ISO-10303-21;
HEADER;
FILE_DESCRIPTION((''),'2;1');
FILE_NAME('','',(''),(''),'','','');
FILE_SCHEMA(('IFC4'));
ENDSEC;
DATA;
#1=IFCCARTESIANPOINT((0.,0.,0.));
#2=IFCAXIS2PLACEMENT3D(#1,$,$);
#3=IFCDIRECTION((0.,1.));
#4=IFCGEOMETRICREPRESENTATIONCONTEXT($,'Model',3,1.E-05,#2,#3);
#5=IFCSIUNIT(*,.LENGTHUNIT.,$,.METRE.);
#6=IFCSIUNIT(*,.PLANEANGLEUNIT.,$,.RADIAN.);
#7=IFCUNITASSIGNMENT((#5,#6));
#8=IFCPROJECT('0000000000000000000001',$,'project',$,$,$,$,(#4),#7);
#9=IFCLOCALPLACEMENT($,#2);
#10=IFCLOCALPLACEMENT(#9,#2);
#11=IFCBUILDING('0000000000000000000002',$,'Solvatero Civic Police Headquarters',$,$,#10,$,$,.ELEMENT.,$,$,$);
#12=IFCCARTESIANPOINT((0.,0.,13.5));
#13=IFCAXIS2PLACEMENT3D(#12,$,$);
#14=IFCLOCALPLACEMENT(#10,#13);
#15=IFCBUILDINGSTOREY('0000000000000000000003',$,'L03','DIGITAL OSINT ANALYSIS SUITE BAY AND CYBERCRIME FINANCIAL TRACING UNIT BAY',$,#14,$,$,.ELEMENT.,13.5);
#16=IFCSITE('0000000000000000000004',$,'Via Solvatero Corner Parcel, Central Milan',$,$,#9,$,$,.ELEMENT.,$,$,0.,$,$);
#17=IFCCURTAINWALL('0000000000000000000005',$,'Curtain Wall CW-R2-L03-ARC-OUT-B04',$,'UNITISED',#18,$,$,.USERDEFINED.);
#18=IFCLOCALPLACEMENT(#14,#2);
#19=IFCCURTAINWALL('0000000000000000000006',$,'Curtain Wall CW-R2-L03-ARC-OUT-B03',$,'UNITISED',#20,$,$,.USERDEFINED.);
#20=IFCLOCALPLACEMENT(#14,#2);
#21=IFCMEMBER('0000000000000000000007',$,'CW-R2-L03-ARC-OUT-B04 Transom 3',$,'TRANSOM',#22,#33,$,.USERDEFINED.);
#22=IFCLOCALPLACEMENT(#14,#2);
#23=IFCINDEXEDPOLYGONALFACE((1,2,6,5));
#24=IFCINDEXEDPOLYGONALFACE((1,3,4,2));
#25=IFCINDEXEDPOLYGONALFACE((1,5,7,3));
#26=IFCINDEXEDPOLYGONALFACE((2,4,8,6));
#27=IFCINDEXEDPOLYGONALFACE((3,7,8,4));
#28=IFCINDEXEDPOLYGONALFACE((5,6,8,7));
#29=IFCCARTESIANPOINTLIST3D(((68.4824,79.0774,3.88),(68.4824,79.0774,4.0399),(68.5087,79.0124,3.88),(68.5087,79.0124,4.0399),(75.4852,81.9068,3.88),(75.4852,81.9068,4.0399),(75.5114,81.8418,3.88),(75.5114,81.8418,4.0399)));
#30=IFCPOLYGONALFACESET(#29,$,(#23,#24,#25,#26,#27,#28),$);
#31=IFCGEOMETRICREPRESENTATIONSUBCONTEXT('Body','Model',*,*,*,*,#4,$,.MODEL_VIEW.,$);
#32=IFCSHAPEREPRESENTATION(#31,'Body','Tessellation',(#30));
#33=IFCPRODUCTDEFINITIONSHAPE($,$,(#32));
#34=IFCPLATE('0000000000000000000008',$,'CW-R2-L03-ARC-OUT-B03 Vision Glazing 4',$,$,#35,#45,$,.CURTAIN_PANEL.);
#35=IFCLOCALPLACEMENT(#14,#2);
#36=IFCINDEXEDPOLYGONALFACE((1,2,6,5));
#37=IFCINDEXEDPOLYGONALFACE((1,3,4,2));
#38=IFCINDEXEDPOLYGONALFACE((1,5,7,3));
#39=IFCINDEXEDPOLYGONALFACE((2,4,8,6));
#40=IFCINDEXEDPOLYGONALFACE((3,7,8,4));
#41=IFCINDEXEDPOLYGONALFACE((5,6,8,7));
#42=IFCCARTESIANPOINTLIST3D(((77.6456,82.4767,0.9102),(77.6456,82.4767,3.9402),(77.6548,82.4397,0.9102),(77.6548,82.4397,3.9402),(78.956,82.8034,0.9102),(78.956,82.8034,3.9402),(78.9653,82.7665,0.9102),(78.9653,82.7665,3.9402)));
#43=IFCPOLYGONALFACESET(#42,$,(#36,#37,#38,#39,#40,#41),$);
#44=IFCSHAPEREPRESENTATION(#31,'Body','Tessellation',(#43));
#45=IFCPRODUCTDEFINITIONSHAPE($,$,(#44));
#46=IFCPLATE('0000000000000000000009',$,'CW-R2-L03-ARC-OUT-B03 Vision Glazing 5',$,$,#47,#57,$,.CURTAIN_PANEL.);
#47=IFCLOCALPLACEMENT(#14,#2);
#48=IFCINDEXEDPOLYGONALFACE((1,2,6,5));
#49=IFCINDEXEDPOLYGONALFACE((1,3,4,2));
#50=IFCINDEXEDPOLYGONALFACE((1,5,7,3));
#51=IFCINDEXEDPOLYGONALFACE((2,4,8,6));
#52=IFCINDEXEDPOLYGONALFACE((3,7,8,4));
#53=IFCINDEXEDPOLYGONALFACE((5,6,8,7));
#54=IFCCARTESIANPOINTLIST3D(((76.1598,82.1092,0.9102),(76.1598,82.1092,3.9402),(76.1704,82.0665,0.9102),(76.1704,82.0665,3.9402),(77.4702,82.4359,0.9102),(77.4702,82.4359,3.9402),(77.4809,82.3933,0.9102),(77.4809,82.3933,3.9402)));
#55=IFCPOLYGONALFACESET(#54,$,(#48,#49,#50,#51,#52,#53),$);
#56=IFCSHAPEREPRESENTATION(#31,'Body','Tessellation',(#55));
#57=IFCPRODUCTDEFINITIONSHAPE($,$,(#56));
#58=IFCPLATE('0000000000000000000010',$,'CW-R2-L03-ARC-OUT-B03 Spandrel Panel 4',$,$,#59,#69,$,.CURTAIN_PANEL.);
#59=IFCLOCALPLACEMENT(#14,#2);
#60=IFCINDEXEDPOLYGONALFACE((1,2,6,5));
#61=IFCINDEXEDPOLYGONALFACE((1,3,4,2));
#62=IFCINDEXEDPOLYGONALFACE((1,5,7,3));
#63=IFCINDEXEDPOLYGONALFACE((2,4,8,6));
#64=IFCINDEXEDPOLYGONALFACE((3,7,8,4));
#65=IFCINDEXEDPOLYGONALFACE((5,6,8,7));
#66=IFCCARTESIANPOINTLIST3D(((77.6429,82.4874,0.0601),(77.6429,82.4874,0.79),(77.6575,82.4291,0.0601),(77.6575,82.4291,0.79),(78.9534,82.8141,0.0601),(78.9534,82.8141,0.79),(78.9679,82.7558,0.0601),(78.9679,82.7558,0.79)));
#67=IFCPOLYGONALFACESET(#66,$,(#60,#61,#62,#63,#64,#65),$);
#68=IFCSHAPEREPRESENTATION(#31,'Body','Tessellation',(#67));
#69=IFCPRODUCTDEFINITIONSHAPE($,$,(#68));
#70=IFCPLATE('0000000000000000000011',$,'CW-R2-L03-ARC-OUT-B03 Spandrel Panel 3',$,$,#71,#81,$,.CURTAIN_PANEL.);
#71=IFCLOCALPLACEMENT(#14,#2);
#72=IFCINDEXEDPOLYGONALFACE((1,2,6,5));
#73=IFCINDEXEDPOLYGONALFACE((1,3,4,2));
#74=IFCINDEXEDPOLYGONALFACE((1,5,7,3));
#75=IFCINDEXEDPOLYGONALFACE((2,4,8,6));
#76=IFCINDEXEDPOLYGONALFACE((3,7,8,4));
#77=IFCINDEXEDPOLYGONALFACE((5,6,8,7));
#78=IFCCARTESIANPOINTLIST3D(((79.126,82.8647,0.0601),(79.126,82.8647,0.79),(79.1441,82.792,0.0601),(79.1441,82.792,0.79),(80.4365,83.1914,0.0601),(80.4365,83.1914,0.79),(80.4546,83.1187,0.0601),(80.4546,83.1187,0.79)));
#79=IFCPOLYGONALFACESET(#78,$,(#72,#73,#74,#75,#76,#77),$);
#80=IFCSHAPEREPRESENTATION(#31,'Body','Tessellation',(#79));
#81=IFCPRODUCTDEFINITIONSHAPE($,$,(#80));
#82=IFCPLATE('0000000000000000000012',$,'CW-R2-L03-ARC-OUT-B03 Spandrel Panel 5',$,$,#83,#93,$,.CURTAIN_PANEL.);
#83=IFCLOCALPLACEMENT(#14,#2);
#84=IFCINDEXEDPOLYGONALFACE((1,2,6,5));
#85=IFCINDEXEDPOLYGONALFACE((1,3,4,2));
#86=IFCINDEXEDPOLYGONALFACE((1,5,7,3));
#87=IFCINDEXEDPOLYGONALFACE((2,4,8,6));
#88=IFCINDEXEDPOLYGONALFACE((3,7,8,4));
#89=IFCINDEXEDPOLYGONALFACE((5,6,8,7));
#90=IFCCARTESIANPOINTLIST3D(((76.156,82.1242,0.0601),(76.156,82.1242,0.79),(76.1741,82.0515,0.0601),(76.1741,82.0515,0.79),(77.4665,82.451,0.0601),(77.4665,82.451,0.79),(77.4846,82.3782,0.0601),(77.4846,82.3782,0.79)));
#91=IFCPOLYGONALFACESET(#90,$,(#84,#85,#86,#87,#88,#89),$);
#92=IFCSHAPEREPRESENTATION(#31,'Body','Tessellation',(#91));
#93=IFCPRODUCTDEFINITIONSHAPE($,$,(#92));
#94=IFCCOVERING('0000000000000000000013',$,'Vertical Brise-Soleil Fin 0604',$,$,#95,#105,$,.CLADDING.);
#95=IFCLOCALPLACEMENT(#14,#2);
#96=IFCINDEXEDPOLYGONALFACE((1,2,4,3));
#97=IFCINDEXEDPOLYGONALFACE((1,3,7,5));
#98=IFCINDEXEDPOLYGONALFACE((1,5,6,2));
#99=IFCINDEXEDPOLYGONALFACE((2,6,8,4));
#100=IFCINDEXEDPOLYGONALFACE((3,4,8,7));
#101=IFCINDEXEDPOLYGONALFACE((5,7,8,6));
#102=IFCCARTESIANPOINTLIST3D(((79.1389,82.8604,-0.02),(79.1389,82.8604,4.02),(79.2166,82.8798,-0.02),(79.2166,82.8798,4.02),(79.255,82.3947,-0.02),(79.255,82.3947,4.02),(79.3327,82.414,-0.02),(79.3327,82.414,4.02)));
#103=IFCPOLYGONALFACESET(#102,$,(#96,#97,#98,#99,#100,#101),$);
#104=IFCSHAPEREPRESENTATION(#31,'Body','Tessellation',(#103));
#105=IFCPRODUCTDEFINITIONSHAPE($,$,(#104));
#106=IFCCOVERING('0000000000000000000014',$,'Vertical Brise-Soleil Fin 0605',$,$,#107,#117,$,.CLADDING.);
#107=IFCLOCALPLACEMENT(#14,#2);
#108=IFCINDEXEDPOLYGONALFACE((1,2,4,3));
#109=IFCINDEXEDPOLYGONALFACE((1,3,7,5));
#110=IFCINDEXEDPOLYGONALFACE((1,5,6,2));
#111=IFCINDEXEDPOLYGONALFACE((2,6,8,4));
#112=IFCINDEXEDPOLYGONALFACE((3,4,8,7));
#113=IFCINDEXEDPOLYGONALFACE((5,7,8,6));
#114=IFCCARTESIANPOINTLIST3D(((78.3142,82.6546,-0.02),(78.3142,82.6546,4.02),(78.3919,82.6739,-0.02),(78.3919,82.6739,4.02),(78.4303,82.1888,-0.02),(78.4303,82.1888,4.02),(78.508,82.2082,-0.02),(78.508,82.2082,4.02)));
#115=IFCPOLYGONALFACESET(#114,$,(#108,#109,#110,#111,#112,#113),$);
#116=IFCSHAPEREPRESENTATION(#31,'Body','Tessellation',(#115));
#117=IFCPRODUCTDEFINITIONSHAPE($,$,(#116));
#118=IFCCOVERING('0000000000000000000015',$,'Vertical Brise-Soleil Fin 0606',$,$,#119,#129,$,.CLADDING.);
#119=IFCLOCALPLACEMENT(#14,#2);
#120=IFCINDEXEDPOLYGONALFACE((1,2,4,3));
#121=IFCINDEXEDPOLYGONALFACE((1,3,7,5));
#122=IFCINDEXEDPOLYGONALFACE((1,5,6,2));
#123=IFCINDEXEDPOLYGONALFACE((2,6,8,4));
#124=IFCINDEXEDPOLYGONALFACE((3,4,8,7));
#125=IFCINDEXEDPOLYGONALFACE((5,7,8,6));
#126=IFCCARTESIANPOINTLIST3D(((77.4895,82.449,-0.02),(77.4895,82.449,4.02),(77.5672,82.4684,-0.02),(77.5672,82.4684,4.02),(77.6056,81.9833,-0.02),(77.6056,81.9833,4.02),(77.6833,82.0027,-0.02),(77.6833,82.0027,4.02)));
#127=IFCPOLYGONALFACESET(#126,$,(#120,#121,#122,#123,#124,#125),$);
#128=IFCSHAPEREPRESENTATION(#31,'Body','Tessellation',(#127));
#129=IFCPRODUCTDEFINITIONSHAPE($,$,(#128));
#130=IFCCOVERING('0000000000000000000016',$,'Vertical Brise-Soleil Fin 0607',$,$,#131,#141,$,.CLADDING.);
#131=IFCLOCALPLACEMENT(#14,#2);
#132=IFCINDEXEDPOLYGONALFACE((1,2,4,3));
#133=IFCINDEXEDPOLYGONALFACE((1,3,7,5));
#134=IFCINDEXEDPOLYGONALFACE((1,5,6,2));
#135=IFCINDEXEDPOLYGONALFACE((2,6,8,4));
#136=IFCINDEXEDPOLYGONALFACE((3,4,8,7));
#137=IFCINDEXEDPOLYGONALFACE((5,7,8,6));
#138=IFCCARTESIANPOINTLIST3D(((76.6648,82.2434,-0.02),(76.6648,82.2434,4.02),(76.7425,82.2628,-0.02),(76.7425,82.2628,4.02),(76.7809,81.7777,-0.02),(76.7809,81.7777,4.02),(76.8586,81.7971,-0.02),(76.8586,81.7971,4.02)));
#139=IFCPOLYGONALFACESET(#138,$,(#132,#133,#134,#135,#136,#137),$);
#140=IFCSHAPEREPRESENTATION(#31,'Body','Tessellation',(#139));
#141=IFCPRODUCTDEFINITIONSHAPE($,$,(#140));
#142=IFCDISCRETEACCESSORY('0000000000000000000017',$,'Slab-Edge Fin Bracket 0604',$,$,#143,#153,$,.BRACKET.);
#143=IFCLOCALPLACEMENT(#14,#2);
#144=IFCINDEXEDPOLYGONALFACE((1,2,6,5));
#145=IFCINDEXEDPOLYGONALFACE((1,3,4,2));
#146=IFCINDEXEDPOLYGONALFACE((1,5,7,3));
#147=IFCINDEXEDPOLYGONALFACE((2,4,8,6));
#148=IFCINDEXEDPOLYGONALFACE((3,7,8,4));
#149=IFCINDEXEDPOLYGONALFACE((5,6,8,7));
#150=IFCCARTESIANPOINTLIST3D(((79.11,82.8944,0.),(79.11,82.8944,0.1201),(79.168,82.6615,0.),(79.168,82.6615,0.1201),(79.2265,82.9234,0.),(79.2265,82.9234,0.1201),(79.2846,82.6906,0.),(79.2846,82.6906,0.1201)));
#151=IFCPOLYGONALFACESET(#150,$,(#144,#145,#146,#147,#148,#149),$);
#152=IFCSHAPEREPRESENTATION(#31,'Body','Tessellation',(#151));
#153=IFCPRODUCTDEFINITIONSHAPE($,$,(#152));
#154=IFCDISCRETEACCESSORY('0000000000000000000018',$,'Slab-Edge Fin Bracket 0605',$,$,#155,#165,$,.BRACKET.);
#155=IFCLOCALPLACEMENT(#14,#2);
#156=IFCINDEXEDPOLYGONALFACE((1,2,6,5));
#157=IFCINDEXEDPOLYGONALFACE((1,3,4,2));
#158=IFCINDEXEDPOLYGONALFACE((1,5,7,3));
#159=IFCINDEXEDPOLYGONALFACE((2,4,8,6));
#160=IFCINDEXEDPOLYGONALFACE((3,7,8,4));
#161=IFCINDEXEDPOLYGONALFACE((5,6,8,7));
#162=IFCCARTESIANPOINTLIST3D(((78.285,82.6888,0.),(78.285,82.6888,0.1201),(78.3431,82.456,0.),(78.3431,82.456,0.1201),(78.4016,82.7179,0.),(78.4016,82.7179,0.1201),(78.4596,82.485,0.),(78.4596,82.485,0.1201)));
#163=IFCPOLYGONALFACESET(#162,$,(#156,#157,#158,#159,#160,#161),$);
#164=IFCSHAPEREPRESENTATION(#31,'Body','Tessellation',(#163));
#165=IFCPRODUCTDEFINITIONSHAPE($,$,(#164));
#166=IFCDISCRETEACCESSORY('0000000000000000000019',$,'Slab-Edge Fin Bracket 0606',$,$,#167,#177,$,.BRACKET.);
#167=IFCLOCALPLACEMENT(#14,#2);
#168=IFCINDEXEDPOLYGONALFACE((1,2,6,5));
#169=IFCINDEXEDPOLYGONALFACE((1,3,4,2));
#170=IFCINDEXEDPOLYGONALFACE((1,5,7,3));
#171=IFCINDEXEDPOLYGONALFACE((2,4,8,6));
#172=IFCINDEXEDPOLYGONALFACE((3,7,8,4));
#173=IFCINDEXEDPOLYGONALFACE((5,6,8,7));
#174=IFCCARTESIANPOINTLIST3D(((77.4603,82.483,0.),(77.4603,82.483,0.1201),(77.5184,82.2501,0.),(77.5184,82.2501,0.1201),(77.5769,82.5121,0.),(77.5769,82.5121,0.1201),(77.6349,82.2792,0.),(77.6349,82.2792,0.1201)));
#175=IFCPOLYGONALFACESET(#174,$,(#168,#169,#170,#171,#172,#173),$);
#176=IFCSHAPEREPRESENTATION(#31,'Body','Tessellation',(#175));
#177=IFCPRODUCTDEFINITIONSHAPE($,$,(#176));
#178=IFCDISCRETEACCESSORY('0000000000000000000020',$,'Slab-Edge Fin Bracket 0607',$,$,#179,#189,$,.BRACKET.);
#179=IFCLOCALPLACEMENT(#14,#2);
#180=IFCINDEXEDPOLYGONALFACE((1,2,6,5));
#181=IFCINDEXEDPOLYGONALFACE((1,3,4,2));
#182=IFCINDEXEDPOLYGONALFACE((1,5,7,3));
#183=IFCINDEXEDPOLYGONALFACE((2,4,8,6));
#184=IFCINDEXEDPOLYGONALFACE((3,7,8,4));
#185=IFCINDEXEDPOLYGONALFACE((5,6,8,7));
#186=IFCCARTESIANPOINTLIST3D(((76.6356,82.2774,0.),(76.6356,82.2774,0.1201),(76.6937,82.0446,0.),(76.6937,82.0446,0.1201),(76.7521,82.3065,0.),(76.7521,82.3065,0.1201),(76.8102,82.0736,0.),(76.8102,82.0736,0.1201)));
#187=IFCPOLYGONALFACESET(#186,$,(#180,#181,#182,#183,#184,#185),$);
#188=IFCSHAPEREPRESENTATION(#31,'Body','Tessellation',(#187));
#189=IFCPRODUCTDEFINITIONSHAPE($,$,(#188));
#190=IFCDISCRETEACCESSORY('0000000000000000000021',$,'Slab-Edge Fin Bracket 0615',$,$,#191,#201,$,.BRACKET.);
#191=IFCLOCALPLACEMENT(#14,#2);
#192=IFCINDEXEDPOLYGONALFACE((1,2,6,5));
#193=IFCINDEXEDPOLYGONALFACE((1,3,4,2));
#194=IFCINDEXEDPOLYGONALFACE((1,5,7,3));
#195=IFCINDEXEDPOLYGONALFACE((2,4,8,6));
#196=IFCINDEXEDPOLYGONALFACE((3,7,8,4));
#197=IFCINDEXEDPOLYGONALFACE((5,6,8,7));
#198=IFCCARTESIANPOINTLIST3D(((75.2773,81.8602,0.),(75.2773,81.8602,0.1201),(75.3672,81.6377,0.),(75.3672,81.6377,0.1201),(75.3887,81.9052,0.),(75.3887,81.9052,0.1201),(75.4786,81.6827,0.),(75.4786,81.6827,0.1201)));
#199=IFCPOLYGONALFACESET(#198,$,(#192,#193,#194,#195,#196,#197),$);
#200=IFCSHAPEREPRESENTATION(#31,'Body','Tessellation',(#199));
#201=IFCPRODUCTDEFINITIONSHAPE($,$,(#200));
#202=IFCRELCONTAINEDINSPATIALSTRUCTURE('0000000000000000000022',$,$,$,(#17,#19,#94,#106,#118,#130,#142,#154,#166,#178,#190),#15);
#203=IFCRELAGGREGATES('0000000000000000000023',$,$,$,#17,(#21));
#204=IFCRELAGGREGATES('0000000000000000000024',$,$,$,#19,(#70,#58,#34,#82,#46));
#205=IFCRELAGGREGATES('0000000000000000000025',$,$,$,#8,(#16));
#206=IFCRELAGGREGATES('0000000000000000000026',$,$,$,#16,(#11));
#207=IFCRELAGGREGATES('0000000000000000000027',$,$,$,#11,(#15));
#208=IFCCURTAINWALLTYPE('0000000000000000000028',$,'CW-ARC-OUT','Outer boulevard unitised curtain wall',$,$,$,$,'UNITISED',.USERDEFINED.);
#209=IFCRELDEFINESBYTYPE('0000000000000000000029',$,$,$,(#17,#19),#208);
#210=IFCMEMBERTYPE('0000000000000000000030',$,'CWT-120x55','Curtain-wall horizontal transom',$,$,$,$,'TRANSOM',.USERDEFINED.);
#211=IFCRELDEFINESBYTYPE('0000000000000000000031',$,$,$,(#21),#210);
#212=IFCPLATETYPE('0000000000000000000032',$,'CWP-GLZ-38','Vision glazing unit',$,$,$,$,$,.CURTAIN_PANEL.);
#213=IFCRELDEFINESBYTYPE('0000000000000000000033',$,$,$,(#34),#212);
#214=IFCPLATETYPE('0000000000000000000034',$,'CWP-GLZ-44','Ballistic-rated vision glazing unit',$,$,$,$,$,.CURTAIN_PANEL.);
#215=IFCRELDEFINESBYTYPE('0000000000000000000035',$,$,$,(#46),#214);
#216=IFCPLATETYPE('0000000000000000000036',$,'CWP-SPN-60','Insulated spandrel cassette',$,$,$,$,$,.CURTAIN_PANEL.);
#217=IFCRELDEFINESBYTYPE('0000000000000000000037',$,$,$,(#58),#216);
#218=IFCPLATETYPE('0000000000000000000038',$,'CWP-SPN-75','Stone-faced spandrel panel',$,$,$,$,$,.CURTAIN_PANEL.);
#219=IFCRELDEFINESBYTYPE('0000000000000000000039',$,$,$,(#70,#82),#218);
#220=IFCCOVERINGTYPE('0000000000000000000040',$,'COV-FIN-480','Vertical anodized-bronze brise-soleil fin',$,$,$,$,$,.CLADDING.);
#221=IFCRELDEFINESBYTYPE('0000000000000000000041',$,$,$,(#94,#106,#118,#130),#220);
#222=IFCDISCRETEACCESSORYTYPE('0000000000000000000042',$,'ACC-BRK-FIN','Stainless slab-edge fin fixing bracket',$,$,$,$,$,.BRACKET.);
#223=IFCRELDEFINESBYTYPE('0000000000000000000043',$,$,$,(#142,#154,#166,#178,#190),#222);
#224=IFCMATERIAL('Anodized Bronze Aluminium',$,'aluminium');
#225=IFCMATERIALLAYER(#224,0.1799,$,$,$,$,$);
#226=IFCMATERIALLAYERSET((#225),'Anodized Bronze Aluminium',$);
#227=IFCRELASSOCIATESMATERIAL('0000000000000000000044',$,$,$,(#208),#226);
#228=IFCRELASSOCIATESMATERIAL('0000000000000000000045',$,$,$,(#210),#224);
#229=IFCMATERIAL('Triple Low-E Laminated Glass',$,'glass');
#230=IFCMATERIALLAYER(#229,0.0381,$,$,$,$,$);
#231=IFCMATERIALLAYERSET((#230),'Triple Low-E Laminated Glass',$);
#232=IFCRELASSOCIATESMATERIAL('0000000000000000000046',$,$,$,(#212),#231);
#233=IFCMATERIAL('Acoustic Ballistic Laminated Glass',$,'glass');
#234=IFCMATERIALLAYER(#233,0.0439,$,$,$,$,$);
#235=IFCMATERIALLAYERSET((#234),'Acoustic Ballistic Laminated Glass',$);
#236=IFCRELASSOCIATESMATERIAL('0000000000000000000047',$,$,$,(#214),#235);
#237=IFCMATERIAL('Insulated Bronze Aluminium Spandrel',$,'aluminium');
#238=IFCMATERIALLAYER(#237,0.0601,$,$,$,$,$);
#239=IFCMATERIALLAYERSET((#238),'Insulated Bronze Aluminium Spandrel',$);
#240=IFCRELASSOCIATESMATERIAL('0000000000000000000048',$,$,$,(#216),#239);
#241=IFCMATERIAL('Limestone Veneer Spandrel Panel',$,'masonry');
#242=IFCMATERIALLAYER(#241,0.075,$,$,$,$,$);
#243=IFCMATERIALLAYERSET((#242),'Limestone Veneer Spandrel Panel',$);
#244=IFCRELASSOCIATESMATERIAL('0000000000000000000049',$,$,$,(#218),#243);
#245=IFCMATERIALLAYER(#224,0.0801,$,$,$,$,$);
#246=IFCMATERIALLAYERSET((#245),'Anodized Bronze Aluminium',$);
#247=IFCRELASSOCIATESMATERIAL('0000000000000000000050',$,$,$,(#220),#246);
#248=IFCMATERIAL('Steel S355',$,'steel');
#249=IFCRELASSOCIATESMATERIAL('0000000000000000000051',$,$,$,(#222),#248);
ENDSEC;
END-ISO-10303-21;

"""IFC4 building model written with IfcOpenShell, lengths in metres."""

from ifc_helpers import new_model, si_unit, direction, frame, origin, origin_2d, place, context, subcontext, project, spatial, rectangle, extrude, material, layer, layer_set, material_profile, profile_set, type_object, element, aggregate, save


model = new_model("IFC4")

# Units and contexts
model_context = context("Model", 3, precision=1e-05, world=origin(), true_north=direction((0.0, 1.0)))
body_context = subcontext(model_context, "Body", "Model", "MODEL_VIEW")
ifc_project = project(units=[si_unit("LENGTHUNIT", "METRE"), si_unit("PLANEANGLEUNIT", "RADIAN")], contexts=[model_context])

# Site, building, storey
site_placement = place(None, origin())
site = spatial("IfcSite", under=ifc_project, at=site_placement, Name="Via Solvatero Corner Parcel, Central Milan", CompositionType="ELEMENT", RefElevation=0.0)
building_placement = place(site_placement, origin())
building = spatial("IfcBuilding", under=site, at=building_placement, Name="Solvatero Civic Police Headquarters", CompositionType="ELEMENT")
storey_placement = place(building_placement, frame((0.0, 0.0, 13.5)))
storey = spatial("IfcBuildingStorey", under=building, at=storey_placement, Name="L03", Description="DIGITAL OSINT ANALYSIS SUITE BAY AND CYBERCRIME FINANCIAL TRACING UNIT BAY", CompositionType="ELEMENT", Elevation=13.5)

# Shared definitions
ifc_material_1 = material(Name="Steel S355", Category="steel")

# Curtain wall
ifc_material_2 = material(Name="Anodized Bronze Aluminium", Category="aluminium")
ifc_layer_1 = layer(ifc_material_2, 0.1799)
ifc_layer_set_1 = layer_set([ifc_layer_1], Name="Anodized Bronze Aluminium")
curtain_wall_type = type_object("IfcCurtainWallType", Name="CW-ARC-OUT", Description="Outer boulevard unitised curtain wall", ElementType="UNITISED", PredefinedType="USERDEFINED", material=ifc_layer_set_1)
curtain_wall_1_placement = place(storey_placement, origin())
curtain_wall_1 = element("IfcCurtainWall", 1, at=curtain_wall_1_placement, inside=storey, type_object=curtain_wall_type, Name="Curtain Wall CW-R2-L03-ARC-OUT-B04", ObjectType="UNITISED", PredefinedType="USERDEFINED")

# Curtain wall
curtain_wall_2_placement = place(storey_placement, origin())
curtain_wall_2 = element("IfcCurtainWall", 2, at=curtain_wall_2_placement, inside=storey, type_object=curtain_wall_type, Name="Curtain Wall CW-R2-L03-ARC-OUT-B03", ObjectType="UNITISED", PredefinedType="USERDEFINED")

# Member
ifc_material_profile_1 = material_profile(ifc_material_2, rectangle(XDim=0.0701, YDim=0.1599, at=origin_2d()), Name="ALU TRANSOM 70x160")
ifc_profile_set_1 = profile_set([ifc_material_profile_1], Name="Anodized Bronze Aluminium")
member_type_1 = type_object("IfcMemberType", Name="CWT-120x55", Description="Curtain-wall horizontal transom", ElementType="TRANSOM", PredefinedType="USERDEFINED", material=ifc_profile_set_1)
member_1_placement = place(storey_placement, frame((75.4983, 81.8743, 3.96), z_axis=(-0.92718, -0.374615, 0.0), x_axis=(0.374615, -0.92718, 0.0)))
member_1 = element("IfcMember", 3, at=member_1_placement, type_object=member_type_1, Name="CW-R2-L03-ARC-OUT-B04 Transom 3", ObjectType="TRANSOM", PredefinedType="USERDEFINED", context=body_context, shape_type="SweptSolid", body=[
    extrude(rectangle(XDim=0.0701, YDim=0.1599, at=origin_2d()), origin(), (0.0, 0.0, 1.0), 7.5527),
])
aggregate(curtain_wall_1, [member_1])

# Plates
ifc_material_3 = material(Name="Triple Low-E Laminated Glass", Category="glass")
ifc_layer_2 = layer(ifc_material_3, 0.0381)
ifc_layer_set_2 = layer_set([ifc_layer_2], Name="Triple Low-E Laminated Glass")
plate_type_1 = type_object("IfcPlateType", Name="CWP-GLZ-38", Description="Vision glazing unit", PredefinedType="CURTAIN_PANEL", material=ifc_layer_set_2)
plate_1_placement = place(storey_placement, frame((78.3054, 82.6216, 0.9102), z_axis=(0.0, 0.0, 1.0), x_axis=(-0.970296, -0.241922, 0.0)))
plate_1 = element("IfcPlate", 4, at=plate_1_placement, type_object=plate_type_1, Name="CW-R2-L03-ARC-OUT-B03 Vision Glazing 4", PredefinedType="CURTAIN_PANEL", context=body_context, shape_type="SweptSolid", body=[
    extrude(rectangle(XDim=1.3506, YDim=0.0381, at=origin_2d()), origin(), (0.0, 0.0, 1.0), 3.03),
])
ifc_material_4 = material(Name="Acoustic Ballistic Laminated Glass", Category="glass")
ifc_layer_3 = layer(ifc_material_4, 0.0439)
ifc_layer_set_3 = layer_set([ifc_layer_3], Name="Acoustic Ballistic Laminated Glass")
plate_type_2 = type_object("IfcPlateType", Name="CWP-GLZ-44", Description="Ballistic-rated vision glazing unit", PredefinedType="CURTAIN_PANEL", material=ifc_layer_set_3)
plate_2_placement = place(storey_placement, frame((76.8203, 82.2512, 0.9102), z_axis=(0.0, 0.0, 1.0), x_axis=(-0.970296, -0.241922, 0.0)))
plate_2 = element("IfcPlate", 5, at=plate_2_placement, type_object=plate_type_2, Name="CW-R2-L03-ARC-OUT-B03 Vision Glazing 5", PredefinedType="CURTAIN_PANEL", context=body_context, shape_type="SweptSolid", body=[
    extrude(rectangle(XDim=1.3506, YDim=0.0439, at=origin_2d()), origin(), (0.0, 0.0, 1.0), 3.03),
])
ifc_material_5 = material(Name="Insulated Bronze Aluminium Spandrel", Category="aluminium")
ifc_layer_4 = layer(ifc_material_5, 0.0601)
ifc_layer_set_4 = layer_set([ifc_layer_4], Name="Insulated Bronze Aluminium Spandrel")
plate_type_3 = type_object("IfcPlateType", Name="CWP-SPN-60", Description="Insulated spandrel cassette", PredefinedType="CURTAIN_PANEL", material=ifc_layer_set_4)
plate_3_placement = place(storey_placement, frame((78.3054, 82.6216, 0.0601), z_axis=(0.0, 0.0, 1.0), x_axis=(-0.970296, -0.241922, 0.0)))
plate_3 = element("IfcPlate", 6, at=plate_3_placement, type_object=plate_type_3, Name="CW-R2-L03-ARC-OUT-B03 Spandrel Panel 4", PredefinedType="CURTAIN_PANEL", context=body_context, shape_type="SweptSolid", body=[
    extrude(rectangle(XDim=1.3506, YDim=0.0601, at=origin_2d()), origin(), (0.0, 0.0, 1.0), 0.73),
])
ifc_material_6 = material(Name="Limestone Veneer Spandrel Panel", Category="masonry")
ifc_layer_5 = layer(ifc_material_6, 0.075)
ifc_layer_set_5 = layer_set([ifc_layer_5], Name="Limestone Veneer Spandrel Panel")
plate_type_4 = type_object("IfcPlateType", Name="CWP-SPN-75", Description="Stone-faced spandrel panel", PredefinedType="CURTAIN_PANEL", material=ifc_layer_set_5)
plate_4_placement = place(storey_placement, frame((79.7903, 82.9917, 0.0601), z_axis=(0.0, 0.0, 1.0), x_axis=(-0.970296, -0.241922, 0.0)))
plate_4 = element("IfcPlate", 7, at=plate_4_placement, type_object=plate_type_4, Name="CW-R2-L03-ARC-OUT-B03 Spandrel Panel 3", PredefinedType="CURTAIN_PANEL", context=body_context, shape_type="SweptSolid", body=[
    extrude(rectangle(XDim=1.3506, YDim=0.075, at=origin_2d()), origin(), (0.0, 0.0, 1.0), 0.73),
])
plate_5_placement = place(storey_placement, frame((76.8203, 82.2512, 0.0601), z_axis=(0.0, 0.0, 1.0), x_axis=(-0.970296, -0.241922, 0.0)))
plate_5 = element("IfcPlate", 8, at=plate_5_placement, type_object=plate_type_4, Name="CW-R2-L03-ARC-OUT-B03 Spandrel Panel 5", PredefinedType="CURTAIN_PANEL", context=body_context, shape_type="SweptSolid", body=[
    extrude(rectangle(XDim=1.3506, YDim=0.075, at=origin_2d()), origin(), (0.0, 0.0, 1.0), 0.73),
])
aggregate(curtain_wall_2, [plate_4, plate_3, plate_1, plate_5, plate_2])

# Coverings
ifc_layer_6 = layer(ifc_material_2, 0.0801)
ifc_layer_set_6 = layer_set([ifc_layer_6], Name="Anodized Bronze Aluminium")
covering_type = type_object("IfcCoveringType", Name="COV-FIN-480", Description="Vertical anodized-bronze brise-soleil fin", PredefinedType="CLADDING", material=ifc_layer_set_6)
for number, where, z_axis, x_axis, name in (
    (9, (79.2358, 82.6372, -0.02), (0.0, 0.0, 1.0), (-0.970296, -0.241922, 0.0), "Vertical Brise-Soleil Fin 0604"),
    (10, (78.4111, 82.4314, -0.02), (0.0, 0.0, 1.0), (-0.970296, -0.241922, 0.0), "Vertical Brise-Soleil Fin 0605"),
    (11, (77.5864, 82.2258, -0.02), (0.0, 0.0, 1.0), (-0.970296, -0.241922, 0.0), "Vertical Brise-Soleil Fin 0606"),
    (12, (76.7617, 82.0203, -0.02), (0.0, 0.0, 1.0), (-0.970296, -0.241922, 0.0), "Vertical Brise-Soleil Fin 0607"),
):
    element("IfcCovering", number, at=place(storey_placement, frame(where, z_axis=z_axis, x_axis=x_axis)), inside=storey, type_object=covering_type, Name=name, PredefinedType="CLADDING", context=body_context, shape_type="SweptSolid", body=[
        extrude(rectangle(XDim=0.0801, YDim=0.48, at=origin_2d()), origin(), (0.0, 0.0, 1.0), 4.04),
    ])

# Discrete accessories
discrete_accessory_type = type_object("IfcDiscreteAccessoryType", Name="ACC-BRK-FIN", Description="Stainless slab-edge fin fixing bracket", PredefinedType="BRACKET", material=ifc_material_1)
for number, where, z_axis, x_axis, name in (
    (13, (79.1973, 82.7925, 0.0), (0.0, 0.0, 1.0), (-0.970296, -0.241922, 0.0), "Slab-Edge Fin Bracket 0604"),
    (14, (78.3723, 82.5869, 0.0), (0.0, 0.0, 1.0), (-0.970296, -0.241922, 0.0), "Slab-Edge Fin Bracket 0605"),
    (15, (77.5476, 82.3811, 0.0), (0.0, 0.0, 1.0), (-0.970296, -0.241922, 0.0), "Slab-Edge Fin Bracket 0606"),
    (16, (76.7229, 82.1755, 0.0), (0.0, 0.0, 1.0), (-0.970296, -0.241922, 0.0), "Slab-Edge Fin Bracket 0607"),
    (17, (75.3779, 81.7715, 0.0), (0.0, 0.0, 1.0), (-0.92719, -0.37459, 0.0), "Slab-Edge Fin Bracket 0615"),
):
    element("IfcDiscreteAccessory", number, at=place(storey_placement, frame(where, z_axis=z_axis, x_axis=x_axis)), inside=storey, type_object=discrete_accessory_type, Name=name, PredefinedType="BRACKET", context=body_context, shape_type="SweptSolid", body=[
        extrude(rectangle(XDim=0.1201, YDim=0.24, at=origin_2d()), origin(), (0.0, 0.0, 1.0), 0.1201),
    ])

save(model, "model.ifc")
